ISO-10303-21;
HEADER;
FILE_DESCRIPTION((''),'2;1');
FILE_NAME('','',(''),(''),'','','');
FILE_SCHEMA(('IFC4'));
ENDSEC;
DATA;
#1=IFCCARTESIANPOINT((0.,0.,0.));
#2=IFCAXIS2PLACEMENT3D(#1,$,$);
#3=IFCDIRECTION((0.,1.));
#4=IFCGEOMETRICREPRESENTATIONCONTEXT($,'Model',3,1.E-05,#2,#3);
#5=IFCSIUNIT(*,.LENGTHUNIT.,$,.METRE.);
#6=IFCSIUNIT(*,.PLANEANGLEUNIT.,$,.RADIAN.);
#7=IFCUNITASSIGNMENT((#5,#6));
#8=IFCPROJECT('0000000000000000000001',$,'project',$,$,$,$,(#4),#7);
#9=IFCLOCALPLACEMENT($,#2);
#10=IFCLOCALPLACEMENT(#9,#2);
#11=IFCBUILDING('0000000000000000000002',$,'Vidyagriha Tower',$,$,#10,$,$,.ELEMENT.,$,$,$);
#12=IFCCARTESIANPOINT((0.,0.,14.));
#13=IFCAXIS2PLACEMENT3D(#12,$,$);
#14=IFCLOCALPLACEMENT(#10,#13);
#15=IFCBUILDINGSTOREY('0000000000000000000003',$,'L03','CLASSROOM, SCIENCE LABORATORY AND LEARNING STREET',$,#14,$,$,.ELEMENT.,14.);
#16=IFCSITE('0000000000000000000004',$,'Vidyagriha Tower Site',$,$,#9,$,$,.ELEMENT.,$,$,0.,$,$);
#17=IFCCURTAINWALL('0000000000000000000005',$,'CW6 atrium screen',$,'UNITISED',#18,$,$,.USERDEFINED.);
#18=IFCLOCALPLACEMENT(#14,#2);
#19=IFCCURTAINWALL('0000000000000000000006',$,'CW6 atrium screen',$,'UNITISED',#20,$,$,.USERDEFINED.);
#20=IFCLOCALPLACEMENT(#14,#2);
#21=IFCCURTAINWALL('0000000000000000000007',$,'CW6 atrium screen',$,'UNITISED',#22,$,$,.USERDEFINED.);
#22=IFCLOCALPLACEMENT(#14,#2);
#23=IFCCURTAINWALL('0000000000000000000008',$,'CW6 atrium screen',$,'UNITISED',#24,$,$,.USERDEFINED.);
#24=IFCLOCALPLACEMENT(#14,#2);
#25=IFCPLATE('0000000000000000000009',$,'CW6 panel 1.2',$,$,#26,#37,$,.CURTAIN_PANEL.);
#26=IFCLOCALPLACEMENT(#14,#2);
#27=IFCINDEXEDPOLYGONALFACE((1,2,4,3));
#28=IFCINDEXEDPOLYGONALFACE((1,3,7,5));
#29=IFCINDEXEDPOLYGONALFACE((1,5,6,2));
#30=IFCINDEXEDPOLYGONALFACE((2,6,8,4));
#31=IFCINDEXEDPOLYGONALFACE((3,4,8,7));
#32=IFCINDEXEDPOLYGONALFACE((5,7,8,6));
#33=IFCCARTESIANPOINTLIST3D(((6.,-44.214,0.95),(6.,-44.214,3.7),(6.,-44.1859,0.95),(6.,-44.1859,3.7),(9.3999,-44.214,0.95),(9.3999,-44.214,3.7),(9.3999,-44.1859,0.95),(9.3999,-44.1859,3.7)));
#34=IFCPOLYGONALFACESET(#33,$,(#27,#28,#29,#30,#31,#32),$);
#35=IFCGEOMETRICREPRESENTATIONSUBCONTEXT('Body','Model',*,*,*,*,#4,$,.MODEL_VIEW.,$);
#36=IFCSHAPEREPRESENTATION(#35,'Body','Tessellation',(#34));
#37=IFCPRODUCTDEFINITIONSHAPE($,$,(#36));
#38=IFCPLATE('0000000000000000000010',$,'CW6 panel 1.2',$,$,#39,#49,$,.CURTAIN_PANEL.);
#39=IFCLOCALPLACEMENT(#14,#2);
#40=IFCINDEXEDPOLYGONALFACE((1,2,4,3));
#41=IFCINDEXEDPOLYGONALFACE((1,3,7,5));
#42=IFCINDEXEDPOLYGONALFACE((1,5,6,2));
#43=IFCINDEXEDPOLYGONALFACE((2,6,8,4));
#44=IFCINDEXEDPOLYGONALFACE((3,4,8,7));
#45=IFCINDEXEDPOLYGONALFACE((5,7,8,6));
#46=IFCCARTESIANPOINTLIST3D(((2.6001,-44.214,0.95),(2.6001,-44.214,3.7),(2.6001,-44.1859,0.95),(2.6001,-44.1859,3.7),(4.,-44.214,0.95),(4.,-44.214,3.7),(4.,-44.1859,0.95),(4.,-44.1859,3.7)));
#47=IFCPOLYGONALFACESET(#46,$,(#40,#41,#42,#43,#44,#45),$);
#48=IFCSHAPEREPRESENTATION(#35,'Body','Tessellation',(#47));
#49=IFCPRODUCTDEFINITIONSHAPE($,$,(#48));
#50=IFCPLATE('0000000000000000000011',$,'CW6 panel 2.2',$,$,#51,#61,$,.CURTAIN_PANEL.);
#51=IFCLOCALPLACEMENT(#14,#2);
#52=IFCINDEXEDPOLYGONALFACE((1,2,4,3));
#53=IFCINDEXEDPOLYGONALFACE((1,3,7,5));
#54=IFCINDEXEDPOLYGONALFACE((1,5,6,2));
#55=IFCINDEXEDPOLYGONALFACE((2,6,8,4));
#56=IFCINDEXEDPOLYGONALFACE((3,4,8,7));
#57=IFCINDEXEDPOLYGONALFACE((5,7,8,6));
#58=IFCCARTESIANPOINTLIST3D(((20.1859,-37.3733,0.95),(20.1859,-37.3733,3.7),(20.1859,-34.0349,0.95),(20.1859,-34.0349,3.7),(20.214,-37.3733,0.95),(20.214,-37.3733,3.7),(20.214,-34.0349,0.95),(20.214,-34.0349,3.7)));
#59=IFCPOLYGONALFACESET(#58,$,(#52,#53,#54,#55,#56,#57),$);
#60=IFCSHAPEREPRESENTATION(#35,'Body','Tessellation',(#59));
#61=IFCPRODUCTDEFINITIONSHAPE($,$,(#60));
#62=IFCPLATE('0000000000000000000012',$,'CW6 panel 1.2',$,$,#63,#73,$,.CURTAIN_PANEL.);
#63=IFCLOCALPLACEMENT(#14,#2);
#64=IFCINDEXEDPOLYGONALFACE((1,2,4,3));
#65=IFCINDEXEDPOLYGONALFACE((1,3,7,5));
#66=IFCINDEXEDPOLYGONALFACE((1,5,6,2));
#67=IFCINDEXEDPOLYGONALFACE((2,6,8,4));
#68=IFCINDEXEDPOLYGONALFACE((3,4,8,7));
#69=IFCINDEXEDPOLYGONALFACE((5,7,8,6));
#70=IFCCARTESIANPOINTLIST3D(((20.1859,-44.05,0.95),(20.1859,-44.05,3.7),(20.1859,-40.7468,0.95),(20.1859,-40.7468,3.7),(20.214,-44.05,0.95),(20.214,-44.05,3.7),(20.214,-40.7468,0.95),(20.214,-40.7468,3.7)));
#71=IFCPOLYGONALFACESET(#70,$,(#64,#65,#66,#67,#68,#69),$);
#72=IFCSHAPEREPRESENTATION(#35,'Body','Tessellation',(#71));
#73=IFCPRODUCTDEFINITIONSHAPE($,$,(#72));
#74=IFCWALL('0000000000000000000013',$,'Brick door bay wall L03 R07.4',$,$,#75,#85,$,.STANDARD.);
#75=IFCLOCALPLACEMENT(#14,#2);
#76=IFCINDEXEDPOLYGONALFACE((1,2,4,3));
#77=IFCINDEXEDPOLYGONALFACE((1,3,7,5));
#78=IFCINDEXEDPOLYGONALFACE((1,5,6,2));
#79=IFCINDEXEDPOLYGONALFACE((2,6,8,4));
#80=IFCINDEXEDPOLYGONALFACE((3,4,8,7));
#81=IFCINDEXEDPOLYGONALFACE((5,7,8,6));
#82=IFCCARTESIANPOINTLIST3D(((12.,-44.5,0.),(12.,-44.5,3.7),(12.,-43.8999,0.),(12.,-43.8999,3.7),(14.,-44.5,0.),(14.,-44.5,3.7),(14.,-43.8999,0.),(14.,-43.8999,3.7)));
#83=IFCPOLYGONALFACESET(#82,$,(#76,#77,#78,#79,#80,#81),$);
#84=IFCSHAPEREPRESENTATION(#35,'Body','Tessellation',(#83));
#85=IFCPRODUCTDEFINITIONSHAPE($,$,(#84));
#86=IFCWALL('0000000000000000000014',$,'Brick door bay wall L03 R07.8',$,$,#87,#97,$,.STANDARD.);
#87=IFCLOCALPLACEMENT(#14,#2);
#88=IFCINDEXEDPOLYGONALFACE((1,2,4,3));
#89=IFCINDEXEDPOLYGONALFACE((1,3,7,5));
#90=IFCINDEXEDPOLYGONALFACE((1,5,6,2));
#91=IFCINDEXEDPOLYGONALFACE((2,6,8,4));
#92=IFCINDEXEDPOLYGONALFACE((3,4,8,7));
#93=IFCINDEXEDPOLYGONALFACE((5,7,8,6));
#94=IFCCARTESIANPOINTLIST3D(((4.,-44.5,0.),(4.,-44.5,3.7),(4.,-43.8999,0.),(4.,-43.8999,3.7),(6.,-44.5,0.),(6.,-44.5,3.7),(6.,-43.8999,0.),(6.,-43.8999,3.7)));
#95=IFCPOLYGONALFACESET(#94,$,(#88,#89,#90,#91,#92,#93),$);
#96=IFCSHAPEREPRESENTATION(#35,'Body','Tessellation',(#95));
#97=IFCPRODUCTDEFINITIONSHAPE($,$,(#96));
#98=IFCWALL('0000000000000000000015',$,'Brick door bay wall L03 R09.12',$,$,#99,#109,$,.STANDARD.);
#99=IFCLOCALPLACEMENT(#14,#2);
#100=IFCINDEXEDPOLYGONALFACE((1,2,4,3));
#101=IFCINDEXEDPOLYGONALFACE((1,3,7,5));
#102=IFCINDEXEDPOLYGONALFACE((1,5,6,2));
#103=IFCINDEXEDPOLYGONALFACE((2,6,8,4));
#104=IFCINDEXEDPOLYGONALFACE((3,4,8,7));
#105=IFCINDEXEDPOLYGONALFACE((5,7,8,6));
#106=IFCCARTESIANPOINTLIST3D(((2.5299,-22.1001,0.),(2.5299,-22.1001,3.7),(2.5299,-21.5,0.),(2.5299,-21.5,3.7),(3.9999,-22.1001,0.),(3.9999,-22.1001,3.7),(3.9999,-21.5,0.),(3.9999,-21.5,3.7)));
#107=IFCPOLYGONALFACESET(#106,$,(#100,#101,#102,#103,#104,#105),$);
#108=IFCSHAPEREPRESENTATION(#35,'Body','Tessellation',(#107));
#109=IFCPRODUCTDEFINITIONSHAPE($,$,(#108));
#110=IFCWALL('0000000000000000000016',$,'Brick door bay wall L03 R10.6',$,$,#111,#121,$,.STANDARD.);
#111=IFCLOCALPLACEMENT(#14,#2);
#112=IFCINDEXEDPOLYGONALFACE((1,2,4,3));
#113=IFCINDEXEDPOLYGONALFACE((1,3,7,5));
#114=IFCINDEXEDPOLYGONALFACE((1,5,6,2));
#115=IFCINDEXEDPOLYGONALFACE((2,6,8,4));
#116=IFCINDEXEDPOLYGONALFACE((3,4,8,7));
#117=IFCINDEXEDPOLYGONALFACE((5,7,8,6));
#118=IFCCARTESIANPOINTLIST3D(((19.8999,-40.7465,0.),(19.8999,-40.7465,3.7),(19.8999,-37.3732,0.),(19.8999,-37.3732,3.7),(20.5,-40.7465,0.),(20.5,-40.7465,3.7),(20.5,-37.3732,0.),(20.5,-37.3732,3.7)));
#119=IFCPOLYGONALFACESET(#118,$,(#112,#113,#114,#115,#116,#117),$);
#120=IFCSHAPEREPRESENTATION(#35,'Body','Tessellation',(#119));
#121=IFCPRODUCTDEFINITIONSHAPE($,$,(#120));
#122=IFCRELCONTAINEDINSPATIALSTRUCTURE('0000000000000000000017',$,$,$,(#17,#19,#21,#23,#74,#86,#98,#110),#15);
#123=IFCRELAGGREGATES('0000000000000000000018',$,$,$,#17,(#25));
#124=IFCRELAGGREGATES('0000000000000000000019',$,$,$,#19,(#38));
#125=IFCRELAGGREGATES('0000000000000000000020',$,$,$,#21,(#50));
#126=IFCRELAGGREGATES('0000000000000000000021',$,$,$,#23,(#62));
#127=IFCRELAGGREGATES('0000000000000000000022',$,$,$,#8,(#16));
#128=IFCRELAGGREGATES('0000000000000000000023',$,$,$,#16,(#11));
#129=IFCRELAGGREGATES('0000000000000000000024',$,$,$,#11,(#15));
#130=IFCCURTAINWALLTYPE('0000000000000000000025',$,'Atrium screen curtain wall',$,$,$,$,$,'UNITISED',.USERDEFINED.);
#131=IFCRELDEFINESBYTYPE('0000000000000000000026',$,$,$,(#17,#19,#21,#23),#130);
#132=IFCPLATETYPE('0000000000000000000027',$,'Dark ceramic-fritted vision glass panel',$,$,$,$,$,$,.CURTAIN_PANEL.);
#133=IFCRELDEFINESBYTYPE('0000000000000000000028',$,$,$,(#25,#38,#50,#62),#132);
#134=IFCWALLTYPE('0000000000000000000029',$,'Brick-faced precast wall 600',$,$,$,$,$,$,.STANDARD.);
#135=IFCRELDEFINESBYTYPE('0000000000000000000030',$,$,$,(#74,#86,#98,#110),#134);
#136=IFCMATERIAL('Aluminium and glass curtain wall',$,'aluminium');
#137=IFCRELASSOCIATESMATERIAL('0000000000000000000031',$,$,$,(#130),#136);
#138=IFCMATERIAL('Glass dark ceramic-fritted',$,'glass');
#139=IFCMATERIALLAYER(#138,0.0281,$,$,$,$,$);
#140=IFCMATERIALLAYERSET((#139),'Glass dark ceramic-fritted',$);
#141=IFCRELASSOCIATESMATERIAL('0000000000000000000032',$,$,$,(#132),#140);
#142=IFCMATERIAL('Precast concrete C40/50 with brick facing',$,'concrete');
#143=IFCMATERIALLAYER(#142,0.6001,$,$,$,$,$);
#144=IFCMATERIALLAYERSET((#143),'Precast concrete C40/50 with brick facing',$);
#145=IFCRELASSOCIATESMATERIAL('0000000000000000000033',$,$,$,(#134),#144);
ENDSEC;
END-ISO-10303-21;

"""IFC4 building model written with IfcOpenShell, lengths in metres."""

from ifc_helpers import new_model, si_unit, direction, frame, frame_2d, origin, origin_2d, place, context, subcontext, project, spatial, rectangle, extrude, material, layer, layer_set, type_object, element, aggregate, save


model = new_model("IFC4")

# Units and contexts
model_context = context("Model", 3, precision=1e-05, world=origin(), true_north=direction((0.0, 1.0)))
body_context = subcontext(model_context, "Body", "Model", "MODEL_VIEW")
ifc_project = project(units=[si_unit("LENGTHUNIT", "METRE"), si_unit("PLANEANGLEUNIT", "RADIAN")], contexts=[model_context])

# Site, building, storey
site_placement = place(None, origin())
site = spatial("IfcSite", under=ifc_project, at=site_placement, Name="Vidyagriha Tower Site", CompositionType="ELEMENT", RefElevation=0.0)
building_placement = place(site_placement, origin())
building = spatial("IfcBuilding", under=site, at=building_placement, Name="Vidyagriha Tower", CompositionType="ELEMENT")
storey_placement = place(building_placement, frame((0.0, 0.0, 14.0)))
storey = spatial("IfcBuildingStorey", under=building, at=storey_placement, Name="L03", Description="CLASSROOM, SCIENCE LABORATORY AND LEARNING STREET", CompositionType="ELEMENT", Elevation=14.0)

# Curtain walls
ifc_material_1 = material(Name="Aluminium and glass curtain wall", Category="aluminium")
curtain_wall_type = type_object("IfcCurtainWallType", Name="Atrium screen curtain wall", ElementType="UNITISED", PredefinedType="USERDEFINED", material=ifc_material_1)
curtain_wall_1_placement = place(storey_placement, origin())
curtain_wall_1 = element("IfcCurtainWall", 1, at=curtain_wall_1_placement, inside=storey, type_object=curtain_wall_type, Name="CW6 atrium screen", ObjectType="UNITISED", PredefinedType="USERDEFINED")
curtain_wall_2_placement = place(storey_placement, origin())
curtain_wall_2 = element("IfcCurtainWall", 2, at=curtain_wall_2_placement, inside=storey, type_object=curtain_wall_type, Name="CW6 atrium screen", ObjectType="UNITISED", PredefinedType="USERDEFINED")
curtain_wall_3_placement = place(storey_placement, origin())
curtain_wall_3 = element("IfcCurtainWall", 3, at=curtain_wall_3_placement, inside=storey, type_object=curtain_wall_type, Name="CW6 atrium screen", ObjectType="UNITISED", PredefinedType="USERDEFINED")
curtain_wall_4_placement = place(storey_placement, origin())
curtain_wall_4 = element("IfcCurtainWall", 4, at=curtain_wall_4_placement, inside=storey, type_object=curtain_wall_type, Name="CW6 atrium screen", ObjectType="UNITISED", PredefinedType="USERDEFINED")

# Plates
ifc_material_2 = material(Name="Glass dark ceramic-fritted", Category="glass")
ifc_layer_1 = layer(ifc_material_2, 0.0281)
ifc_layer_set_1 = layer_set([ifc_layer_1], Name="Glass dark ceramic-fritted")
plate_type_1 = type_object("IfcPlateType", Name="Dark ceramic-fritted vision glass panel", PredefinedType="CURTAIN_PANEL", material=ifc_layer_set_1)
plate_1_placement = place(storey_placement, frame((7.7, -44.2, 0.95), z_axis=(0.0, 0.0, 1.0), x_axis=(-1.0, 0.0, 0.0)))
plate_1 = element("IfcPlate", 5, at=plate_1_placement, type_object=plate_type_1, Name="CW6 panel 1.2", PredefinedType="CURTAIN_PANEL", context=body_context, shape_type="SweptSolid", body=[
    extrude(rectangle(XDim=3.3999, YDim=0.0281, at=origin_2d()), origin(), (0.0, 0.0, 1.0), 2.75),
])
aggregate(curtain_wall_1, [plate_1])
plate_2_placement = place(storey_placement, frame((3.3, -44.2, 0.95), z_axis=(0.0, 0.0, 1.0), x_axis=(-1.0, 0.0, 0.0)))
plate_2 = element("IfcPlate", 6, at=plate_2_placement, type_object=plate_type_1, Name="CW6 panel 1.2", PredefinedType="CURTAIN_PANEL", context=body_context, shape_type="SweptSolid", body=[
    extrude(rectangle(XDim=1.3999, YDim=0.0281, at=origin_2d()), origin(), (0.0, 0.0, 1.0), 2.75),
])
aggregate(curtain_wall_2, [plate_2])
plate_3_placement = place(storey_placement, frame((20.2, -35.7041, 0.95), z_axis=(0.0, 0.0, 1.0), x_axis=(0.0, -1.0, 0.0)))
plate_3 = element("IfcPlate", 7, at=plate_3_placement, type_object=plate_type_1, Name="CW6 panel 2.2", PredefinedType="CURTAIN_PANEL", context=body_context, shape_type="SweptSolid", body=[
    extrude(rectangle(XDim=3.3384, YDim=0.0281, at=origin_2d()), origin(), (0.0, 0.0, 1.0), 2.75),
])
aggregate(curtain_wall_3, [plate_3])
plate_4_placement = place(storey_placement, frame((20.2, -42.3984, 0.95), z_axis=(0.0, 0.0, 1.0), x_axis=(0.0, -1.0, 0.0)))
plate_4 = element("IfcPlate", 8, at=plate_4_placement, type_object=plate_type_1, Name="CW6 panel 1.2", PredefinedType="CURTAIN_PANEL", context=body_context, shape_type="SweptSolid", body=[
    extrude(rectangle(XDim=3.3032, YDim=0.0281, at=origin_2d()), origin(), (0.0, 0.0, 1.0), 2.75),
])
aggregate(curtain_wall_4, [plate_4])

# Walls
ifc_material_3 = material(Name="Precast concrete C40/50 with brick facing", Category="concrete")
ifc_layer_2 = layer(ifc_material_3, 0.6001)
ifc_layer_set_2 = layer_set([ifc_layer_2], Name="Precast concrete C40/50 with brick facing")
wall_type = type_object("IfcWallType", Name="Brick-faced precast wall 600", PredefinedType="STANDARD", material=ifc_layer_set_2)
for number, where, z_axis, x_axis, name in (
    (9, (14.0, -44.2, 0.0), (0.0, 0.0, 1.0), (-1.0, 0.0, 0.0), "Brick door bay wall L03 R07.4"),
    (10, (6.0, -44.2, 0.0), (0.0, 0.0, 1.0), (-1.0, 0.0, 0.0), "Brick door bay wall L03 R07.8"),
):
    element("IfcWall", number, at=place(storey_placement, frame(where, z_axis=z_axis, x_axis=x_axis)), inside=storey, type_object=wall_type, Name=name, PredefinedType="STANDARD", context=body_context, shape_type="SweptSolid", body=[
        extrude(rectangle(XDim=2.0, YDim=0.6001, at=frame_2d((1.0, 0.0))), origin(), (0.0, 0.0, 1.0), 3.7),
    ])
wall_1_placement = place(storey_placement, frame((2.53, -21.8, 0.0)))
element("IfcWall", 11, at=wall_1_placement, inside=storey, type_object=wall_type, Name="Brick door bay wall L03 R09.12", PredefinedType="STANDARD", context=body_context, shape_type="SweptSolid", body=[
    extrude(rectangle(XDim=1.47, YDim=0.6001, at=frame_2d((0.7349, 0.0))), origin(), (0.0, 0.0, 1.0), 3.7),
])
wall_2_placement = place(storey_placement, frame((20.2, -37.3733, 0.0), z_axis=(0.0, 0.0, 1.0), x_axis=(0.0, -1.0, 0.0)))
element("IfcWall", 12, at=wall_2_placement, inside=storey, type_object=wall_type, Name="Brick door bay wall L03 R10.6", PredefinedType="STANDARD", context=body_context, shape_type="SweptSolid", body=[
    extrude(rectangle(XDim=3.3733, YDim=0.6001, at=frame_2d((1.6865, 0.0))), origin(), (0.0, 0.0, 1.0), 3.7),
])

save(model, "model.ifc")
